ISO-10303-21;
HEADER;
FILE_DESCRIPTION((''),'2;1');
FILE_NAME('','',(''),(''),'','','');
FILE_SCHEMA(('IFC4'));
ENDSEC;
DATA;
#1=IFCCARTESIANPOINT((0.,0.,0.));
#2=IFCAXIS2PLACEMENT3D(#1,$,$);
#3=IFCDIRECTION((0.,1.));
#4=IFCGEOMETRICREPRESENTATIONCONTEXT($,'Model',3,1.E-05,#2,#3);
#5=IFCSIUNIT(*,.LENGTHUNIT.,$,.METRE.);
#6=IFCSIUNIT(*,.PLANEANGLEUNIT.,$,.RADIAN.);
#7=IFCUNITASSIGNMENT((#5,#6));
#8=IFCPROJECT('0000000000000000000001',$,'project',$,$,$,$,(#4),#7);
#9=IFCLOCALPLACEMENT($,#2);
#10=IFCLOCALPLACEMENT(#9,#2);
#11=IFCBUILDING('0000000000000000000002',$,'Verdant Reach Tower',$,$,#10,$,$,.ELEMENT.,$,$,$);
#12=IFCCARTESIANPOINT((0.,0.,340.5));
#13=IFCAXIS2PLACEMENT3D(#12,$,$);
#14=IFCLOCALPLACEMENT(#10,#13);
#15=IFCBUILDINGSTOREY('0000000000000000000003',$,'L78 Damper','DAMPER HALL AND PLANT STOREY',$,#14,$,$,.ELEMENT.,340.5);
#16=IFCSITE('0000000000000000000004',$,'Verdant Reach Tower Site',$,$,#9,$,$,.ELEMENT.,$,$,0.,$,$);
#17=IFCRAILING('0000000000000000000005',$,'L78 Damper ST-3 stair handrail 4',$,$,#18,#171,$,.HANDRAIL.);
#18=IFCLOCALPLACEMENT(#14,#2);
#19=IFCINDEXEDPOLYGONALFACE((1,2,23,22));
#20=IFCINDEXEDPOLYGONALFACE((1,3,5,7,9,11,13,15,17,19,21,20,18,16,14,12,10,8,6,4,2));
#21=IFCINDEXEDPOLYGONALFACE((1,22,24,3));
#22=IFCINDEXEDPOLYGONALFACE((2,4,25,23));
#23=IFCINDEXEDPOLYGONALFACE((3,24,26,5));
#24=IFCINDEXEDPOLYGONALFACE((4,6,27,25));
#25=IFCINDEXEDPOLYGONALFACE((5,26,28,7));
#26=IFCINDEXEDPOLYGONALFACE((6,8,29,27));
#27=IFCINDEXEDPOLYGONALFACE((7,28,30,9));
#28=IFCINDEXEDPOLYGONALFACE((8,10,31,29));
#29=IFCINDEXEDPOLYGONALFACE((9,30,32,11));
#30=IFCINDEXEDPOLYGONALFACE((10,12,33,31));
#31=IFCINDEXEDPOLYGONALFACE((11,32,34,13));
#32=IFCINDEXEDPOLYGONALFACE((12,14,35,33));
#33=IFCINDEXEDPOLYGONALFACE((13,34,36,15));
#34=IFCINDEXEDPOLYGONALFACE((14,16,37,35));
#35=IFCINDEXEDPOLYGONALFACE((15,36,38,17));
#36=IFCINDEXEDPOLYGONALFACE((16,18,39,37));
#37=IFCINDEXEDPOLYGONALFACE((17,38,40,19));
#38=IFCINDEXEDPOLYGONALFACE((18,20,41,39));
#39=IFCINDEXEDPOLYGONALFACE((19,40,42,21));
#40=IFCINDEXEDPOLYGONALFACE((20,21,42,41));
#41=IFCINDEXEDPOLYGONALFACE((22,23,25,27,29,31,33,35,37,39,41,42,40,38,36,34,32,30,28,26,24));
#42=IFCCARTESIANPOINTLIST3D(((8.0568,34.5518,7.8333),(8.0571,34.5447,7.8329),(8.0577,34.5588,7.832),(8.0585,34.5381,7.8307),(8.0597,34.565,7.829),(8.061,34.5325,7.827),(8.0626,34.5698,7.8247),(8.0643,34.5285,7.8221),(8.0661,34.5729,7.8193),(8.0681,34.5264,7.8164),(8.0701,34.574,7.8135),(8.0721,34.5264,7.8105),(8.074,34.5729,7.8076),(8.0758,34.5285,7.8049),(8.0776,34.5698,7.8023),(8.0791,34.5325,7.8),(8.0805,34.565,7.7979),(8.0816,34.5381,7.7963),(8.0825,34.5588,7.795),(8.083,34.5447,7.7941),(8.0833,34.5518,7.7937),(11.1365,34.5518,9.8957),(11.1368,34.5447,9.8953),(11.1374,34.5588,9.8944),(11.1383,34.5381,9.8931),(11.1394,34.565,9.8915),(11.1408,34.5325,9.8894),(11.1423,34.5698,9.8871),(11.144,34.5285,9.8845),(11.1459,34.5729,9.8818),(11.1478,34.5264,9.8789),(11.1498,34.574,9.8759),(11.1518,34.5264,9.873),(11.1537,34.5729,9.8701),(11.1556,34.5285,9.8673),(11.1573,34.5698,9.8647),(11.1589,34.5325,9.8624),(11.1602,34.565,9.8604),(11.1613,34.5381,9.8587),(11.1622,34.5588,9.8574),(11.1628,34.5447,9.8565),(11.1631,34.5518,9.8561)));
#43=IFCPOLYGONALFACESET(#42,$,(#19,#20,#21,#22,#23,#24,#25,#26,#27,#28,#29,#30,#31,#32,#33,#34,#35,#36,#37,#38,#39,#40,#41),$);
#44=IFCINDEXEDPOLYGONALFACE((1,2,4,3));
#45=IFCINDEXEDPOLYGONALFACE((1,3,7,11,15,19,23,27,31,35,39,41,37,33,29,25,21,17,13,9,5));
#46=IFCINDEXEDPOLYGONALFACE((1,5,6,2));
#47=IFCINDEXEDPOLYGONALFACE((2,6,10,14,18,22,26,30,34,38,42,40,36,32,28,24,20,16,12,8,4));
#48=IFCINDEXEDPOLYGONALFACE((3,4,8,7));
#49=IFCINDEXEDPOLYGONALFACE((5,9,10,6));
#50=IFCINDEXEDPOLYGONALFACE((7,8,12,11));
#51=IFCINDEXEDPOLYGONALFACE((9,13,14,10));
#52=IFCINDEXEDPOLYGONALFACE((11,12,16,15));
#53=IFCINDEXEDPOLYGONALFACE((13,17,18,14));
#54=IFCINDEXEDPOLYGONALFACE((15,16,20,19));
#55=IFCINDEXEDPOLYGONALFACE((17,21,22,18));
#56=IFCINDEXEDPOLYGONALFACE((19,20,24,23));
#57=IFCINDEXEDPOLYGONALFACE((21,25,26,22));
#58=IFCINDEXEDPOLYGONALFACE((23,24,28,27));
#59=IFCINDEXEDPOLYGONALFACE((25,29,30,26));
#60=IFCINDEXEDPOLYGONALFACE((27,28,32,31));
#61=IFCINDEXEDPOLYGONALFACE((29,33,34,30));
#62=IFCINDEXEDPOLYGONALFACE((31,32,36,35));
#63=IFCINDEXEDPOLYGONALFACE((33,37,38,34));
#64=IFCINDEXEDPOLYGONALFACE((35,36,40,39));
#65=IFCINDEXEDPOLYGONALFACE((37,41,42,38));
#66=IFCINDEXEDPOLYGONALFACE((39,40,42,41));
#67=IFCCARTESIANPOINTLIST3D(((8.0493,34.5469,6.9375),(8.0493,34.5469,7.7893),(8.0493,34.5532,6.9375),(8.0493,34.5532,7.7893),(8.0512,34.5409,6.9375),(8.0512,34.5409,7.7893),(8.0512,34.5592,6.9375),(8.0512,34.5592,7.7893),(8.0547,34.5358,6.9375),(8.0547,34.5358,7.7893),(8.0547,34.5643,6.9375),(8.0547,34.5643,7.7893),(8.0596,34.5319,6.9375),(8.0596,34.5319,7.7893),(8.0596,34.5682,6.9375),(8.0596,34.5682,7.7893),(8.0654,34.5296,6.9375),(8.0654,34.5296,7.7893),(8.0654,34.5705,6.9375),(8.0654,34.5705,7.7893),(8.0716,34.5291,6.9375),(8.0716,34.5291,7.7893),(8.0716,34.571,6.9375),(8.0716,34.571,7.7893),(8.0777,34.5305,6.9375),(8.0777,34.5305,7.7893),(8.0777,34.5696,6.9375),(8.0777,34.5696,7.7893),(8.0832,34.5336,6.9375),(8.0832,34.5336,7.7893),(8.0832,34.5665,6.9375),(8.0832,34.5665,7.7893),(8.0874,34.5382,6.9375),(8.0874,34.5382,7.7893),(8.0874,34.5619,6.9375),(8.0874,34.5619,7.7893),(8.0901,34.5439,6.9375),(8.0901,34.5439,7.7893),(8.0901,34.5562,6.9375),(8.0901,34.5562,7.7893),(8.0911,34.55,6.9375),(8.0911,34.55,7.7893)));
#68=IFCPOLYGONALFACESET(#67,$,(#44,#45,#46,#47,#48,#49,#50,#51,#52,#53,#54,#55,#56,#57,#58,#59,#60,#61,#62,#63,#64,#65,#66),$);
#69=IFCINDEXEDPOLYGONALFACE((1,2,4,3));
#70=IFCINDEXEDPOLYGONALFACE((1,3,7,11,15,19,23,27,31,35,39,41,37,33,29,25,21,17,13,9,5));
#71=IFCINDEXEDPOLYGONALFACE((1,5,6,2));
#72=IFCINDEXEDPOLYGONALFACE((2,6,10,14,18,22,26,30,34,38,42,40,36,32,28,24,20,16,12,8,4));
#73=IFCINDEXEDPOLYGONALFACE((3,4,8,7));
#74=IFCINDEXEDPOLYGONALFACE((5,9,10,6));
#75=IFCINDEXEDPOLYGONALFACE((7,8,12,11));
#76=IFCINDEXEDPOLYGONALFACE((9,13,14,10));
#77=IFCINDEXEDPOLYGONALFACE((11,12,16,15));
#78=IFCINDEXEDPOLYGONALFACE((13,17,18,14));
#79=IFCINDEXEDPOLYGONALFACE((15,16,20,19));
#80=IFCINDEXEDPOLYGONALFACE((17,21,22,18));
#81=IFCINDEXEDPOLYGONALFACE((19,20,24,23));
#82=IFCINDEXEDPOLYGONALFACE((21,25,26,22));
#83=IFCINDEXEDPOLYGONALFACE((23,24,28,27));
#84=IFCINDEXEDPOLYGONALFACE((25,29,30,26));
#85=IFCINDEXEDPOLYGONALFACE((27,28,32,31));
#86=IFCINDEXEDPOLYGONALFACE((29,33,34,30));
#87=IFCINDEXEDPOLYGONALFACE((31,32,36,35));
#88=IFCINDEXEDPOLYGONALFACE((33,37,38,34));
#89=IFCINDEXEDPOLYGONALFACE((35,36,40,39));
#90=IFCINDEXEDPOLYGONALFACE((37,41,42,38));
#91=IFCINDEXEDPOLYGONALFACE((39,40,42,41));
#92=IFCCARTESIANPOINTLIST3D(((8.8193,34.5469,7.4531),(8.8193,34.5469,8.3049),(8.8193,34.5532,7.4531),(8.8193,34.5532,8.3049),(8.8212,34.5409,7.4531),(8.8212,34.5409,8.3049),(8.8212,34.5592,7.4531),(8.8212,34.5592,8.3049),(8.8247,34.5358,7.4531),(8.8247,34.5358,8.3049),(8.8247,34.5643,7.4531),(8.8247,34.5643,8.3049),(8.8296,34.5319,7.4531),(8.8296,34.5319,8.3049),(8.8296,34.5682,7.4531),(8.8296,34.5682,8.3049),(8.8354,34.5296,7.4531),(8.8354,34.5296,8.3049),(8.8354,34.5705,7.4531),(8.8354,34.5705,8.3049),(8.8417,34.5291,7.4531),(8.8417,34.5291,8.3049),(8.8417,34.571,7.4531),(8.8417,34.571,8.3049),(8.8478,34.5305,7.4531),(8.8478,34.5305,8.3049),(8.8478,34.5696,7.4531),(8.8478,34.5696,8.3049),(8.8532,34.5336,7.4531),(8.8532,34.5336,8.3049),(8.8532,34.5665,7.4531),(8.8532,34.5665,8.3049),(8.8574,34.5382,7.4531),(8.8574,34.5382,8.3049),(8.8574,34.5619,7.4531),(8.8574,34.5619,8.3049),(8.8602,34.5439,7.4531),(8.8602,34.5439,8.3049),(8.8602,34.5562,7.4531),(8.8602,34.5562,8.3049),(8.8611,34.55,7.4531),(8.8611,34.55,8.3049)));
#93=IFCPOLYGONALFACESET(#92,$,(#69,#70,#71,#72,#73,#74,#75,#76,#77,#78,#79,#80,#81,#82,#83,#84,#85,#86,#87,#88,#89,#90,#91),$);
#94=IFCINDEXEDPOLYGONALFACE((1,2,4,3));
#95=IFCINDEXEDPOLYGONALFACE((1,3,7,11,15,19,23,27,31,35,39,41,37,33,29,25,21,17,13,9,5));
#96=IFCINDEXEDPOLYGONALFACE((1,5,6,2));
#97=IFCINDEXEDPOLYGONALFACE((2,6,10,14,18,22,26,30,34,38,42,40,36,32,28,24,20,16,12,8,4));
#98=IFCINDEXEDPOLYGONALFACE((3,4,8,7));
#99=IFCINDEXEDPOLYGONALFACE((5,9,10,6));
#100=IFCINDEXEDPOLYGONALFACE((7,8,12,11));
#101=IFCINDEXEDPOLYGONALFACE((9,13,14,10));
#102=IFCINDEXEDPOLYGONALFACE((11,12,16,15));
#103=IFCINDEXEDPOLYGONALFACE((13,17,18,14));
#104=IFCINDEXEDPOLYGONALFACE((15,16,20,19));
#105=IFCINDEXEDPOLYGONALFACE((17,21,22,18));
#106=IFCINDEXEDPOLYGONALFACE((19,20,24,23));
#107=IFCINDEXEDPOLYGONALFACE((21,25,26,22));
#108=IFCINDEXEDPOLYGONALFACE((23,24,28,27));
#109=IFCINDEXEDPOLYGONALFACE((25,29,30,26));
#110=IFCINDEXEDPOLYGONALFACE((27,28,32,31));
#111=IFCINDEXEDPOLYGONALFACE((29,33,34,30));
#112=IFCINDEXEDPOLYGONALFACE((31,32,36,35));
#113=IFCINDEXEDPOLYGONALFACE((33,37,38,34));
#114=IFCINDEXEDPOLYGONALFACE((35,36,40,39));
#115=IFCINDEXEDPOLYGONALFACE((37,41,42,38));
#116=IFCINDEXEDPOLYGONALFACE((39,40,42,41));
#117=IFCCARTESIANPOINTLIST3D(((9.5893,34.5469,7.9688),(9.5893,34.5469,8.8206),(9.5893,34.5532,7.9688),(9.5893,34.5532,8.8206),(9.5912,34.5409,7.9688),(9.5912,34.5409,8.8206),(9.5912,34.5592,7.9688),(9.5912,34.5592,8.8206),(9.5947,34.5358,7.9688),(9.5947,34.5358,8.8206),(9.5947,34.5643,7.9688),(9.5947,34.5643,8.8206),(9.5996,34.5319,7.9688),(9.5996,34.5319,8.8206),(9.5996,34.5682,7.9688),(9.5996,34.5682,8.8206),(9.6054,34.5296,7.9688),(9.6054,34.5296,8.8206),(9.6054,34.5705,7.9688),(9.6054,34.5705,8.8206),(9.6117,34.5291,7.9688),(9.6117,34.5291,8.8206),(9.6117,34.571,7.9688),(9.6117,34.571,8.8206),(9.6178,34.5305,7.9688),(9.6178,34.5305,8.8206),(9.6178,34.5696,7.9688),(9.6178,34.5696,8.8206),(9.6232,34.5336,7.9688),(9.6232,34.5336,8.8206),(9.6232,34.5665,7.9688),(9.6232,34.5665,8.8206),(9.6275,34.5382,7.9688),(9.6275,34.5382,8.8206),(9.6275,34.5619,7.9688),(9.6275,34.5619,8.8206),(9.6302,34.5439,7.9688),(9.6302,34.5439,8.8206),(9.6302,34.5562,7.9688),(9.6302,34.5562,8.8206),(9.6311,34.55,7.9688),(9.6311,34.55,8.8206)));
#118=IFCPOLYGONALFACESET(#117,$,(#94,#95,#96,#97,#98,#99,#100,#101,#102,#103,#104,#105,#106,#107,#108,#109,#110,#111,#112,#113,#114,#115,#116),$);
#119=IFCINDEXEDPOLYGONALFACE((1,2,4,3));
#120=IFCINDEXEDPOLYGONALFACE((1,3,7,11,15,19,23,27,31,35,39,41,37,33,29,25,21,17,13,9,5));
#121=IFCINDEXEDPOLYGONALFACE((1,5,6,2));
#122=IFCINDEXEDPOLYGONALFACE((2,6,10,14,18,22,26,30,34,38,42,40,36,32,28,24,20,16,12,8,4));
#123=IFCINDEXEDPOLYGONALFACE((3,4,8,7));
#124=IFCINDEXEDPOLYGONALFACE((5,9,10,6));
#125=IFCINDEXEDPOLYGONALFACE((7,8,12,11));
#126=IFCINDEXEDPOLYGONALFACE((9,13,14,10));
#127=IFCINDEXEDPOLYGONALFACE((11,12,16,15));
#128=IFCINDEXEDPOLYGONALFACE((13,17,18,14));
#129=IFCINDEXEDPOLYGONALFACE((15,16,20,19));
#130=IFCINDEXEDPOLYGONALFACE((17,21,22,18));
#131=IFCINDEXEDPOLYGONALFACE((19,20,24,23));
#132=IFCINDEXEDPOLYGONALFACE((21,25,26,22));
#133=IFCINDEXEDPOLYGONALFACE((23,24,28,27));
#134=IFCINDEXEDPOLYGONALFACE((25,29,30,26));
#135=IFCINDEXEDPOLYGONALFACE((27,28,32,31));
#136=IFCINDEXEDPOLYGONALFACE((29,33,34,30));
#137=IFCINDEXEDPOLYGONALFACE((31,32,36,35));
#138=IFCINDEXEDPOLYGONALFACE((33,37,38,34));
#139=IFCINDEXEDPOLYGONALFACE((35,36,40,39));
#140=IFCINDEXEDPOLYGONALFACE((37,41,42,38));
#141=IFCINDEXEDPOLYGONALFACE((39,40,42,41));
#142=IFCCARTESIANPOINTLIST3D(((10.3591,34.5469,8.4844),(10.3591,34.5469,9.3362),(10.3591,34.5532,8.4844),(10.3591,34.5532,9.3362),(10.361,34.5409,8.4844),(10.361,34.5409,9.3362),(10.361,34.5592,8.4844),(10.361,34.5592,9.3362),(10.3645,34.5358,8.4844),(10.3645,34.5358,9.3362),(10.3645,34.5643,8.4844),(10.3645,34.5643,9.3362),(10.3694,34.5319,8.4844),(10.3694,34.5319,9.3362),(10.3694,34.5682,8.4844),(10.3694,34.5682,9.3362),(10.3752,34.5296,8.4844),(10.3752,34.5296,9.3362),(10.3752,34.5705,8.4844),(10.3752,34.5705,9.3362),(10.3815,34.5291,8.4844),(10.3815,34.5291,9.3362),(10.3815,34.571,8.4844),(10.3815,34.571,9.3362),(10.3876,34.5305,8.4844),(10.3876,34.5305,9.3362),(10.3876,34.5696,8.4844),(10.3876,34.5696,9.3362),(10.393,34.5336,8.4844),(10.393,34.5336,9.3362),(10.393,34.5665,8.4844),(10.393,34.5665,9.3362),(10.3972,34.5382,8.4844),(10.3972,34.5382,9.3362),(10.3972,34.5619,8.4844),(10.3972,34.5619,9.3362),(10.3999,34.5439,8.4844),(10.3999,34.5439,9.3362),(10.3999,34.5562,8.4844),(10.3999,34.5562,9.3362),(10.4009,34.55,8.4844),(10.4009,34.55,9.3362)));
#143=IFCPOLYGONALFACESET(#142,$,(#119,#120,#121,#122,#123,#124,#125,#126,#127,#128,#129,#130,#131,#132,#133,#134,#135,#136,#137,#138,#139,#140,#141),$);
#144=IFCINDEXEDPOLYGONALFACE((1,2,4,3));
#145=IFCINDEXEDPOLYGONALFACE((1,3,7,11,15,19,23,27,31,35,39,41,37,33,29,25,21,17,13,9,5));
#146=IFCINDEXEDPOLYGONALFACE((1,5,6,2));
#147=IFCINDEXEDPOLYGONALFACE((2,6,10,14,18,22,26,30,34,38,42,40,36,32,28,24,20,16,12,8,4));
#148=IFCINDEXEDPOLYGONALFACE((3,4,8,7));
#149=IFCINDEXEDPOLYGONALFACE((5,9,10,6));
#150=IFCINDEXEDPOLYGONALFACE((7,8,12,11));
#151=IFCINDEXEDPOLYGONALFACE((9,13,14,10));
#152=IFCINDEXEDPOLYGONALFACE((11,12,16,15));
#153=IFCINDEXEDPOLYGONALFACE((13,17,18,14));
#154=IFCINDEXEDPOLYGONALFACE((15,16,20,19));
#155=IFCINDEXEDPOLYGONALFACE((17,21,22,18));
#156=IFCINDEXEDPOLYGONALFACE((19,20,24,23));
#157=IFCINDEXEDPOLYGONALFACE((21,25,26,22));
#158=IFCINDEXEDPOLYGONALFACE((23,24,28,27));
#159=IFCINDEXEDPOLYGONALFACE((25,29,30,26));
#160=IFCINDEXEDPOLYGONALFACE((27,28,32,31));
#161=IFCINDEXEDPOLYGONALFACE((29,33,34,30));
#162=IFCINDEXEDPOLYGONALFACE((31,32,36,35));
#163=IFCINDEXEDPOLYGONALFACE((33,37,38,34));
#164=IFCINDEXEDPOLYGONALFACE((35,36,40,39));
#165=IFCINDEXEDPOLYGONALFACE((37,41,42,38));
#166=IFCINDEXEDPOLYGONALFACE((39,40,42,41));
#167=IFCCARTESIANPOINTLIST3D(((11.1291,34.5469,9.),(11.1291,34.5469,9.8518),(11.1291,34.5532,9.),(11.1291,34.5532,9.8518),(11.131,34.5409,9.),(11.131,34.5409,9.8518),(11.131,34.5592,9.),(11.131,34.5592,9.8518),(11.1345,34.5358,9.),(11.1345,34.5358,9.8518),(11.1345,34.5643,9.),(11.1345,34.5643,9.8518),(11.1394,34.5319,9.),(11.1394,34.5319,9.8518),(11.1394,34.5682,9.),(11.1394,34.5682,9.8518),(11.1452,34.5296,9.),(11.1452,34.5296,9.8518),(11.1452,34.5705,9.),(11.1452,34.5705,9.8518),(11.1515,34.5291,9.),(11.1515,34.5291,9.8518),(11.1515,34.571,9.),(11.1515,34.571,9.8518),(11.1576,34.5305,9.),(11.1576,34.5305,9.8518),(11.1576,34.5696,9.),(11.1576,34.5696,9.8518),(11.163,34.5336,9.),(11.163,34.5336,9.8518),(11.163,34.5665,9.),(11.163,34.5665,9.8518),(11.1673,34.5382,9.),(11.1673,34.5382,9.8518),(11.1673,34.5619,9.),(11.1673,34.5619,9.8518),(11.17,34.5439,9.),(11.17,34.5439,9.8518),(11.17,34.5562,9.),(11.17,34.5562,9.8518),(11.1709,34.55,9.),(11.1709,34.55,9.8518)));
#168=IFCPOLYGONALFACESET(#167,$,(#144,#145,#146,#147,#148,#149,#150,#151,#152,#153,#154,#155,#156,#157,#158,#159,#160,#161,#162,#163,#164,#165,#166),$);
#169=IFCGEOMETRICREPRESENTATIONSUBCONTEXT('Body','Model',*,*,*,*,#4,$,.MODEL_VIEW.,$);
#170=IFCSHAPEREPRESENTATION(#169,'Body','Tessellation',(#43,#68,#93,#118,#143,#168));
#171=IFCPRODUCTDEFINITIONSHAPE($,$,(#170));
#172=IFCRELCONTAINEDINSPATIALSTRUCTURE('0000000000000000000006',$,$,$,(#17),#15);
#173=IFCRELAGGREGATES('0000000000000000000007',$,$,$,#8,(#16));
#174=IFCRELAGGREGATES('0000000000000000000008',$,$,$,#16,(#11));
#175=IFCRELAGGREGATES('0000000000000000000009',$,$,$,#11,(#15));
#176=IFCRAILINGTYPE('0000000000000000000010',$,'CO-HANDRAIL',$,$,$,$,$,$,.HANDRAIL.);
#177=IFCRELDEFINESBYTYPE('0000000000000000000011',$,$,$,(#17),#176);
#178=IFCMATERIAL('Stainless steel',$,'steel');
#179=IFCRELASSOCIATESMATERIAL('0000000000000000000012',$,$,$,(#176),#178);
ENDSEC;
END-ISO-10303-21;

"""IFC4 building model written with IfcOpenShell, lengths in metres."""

from ifc_helpers import new_model, si_unit, direction, frame, origin, origin_2d, place, context, subcontext, project, spatial, circle, extrude, material, type_object, element, save


model = new_model("IFC4")

# Units and contexts
model_context = context("Model", 3, precision=1e-05, world=origin(), true_north=direction((0.0, 1.0)))
body_context = subcontext(model_context, "Body", "Model", "MODEL_VIEW")
ifc_project = project(units=[si_unit("LENGTHUNIT", "METRE"), si_unit("PLANEANGLEUNIT", "RADIAN")], contexts=[model_context])

# Site, building, storey
site_placement = place(None, origin())
site = spatial("IfcSite", under=ifc_project, at=site_placement, Name="Verdant Reach Tower Site", CompositionType="ELEMENT", RefElevation=0.0)
building_placement = place(site_placement, origin())
building = spatial("IfcBuilding", under=site, at=building_placement, Name="Verdant Reach Tower", CompositionType="ELEMENT")
storey_placement = place(building_placement, frame((0.0, 0.0, 340.5)))
storey = spatial("IfcBuildingStorey", under=building, at=storey_placement, Name="L78 Damper", Description="DAMPER HALL AND PLANT STOREY", CompositionType="ELEMENT", Elevation=340.5)

# Railing
ifc_material_1 = material(Name="Stainless steel", Category="steel")
railing_type = type_object("IfcRailingType", Name="CO-HANDRAIL", PredefinedType="HANDRAIL", material=ifc_material_1)
for number, where, name in (
    (1, (8.0701, 34.55, 6.9375), "L78 Damper ST-3 stair handrail 4"),
):
    element("IfcRailing", number, at=place(storey_placement, frame(where)), inside=storey, type_object=railing_type, Name=name, PredefinedType="HANDRAIL", context=body_context, shape_type="SweptSolid", body=[
        extrude(circle(Radius=0.0239, at=origin_2d()), frame((0.0, 0.0, 0.876), z_axis=(0.830893, 0.0, 0.556432), x_axis=(0.0, 1.0, 0.0)), (0.0, 0.0, 1.0), 3.7065),
        extrude(circle(Radius=0.021, at=origin_2d()), origin(), (0.0, 0.0, 1.0), 0.8518),
        extrude(circle(Radius=0.021, at=origin_2d()), frame((0.77, 0.0, 0.5156)), (0.0, 0.0, 1.0), 0.8518),
        extrude(circle(Radius=0.021, at=origin_2d()), frame((1.54, 0.0, 1.0312)), (0.0, 0.0, 1.0), 0.8518),
        extrude(circle(Radius=0.021, at=origin_2d()), frame((2.3098, 0.0, 1.5469)), (0.0, 0.0, 1.0), 0.8518),
        extrude(circle(Radius=0.021, at=origin_2d()), frame((3.0798, 0.0, 2.0625)), (0.0, 0.0, 1.0), 0.8518),
    ])

save(model, "model.ifc")
